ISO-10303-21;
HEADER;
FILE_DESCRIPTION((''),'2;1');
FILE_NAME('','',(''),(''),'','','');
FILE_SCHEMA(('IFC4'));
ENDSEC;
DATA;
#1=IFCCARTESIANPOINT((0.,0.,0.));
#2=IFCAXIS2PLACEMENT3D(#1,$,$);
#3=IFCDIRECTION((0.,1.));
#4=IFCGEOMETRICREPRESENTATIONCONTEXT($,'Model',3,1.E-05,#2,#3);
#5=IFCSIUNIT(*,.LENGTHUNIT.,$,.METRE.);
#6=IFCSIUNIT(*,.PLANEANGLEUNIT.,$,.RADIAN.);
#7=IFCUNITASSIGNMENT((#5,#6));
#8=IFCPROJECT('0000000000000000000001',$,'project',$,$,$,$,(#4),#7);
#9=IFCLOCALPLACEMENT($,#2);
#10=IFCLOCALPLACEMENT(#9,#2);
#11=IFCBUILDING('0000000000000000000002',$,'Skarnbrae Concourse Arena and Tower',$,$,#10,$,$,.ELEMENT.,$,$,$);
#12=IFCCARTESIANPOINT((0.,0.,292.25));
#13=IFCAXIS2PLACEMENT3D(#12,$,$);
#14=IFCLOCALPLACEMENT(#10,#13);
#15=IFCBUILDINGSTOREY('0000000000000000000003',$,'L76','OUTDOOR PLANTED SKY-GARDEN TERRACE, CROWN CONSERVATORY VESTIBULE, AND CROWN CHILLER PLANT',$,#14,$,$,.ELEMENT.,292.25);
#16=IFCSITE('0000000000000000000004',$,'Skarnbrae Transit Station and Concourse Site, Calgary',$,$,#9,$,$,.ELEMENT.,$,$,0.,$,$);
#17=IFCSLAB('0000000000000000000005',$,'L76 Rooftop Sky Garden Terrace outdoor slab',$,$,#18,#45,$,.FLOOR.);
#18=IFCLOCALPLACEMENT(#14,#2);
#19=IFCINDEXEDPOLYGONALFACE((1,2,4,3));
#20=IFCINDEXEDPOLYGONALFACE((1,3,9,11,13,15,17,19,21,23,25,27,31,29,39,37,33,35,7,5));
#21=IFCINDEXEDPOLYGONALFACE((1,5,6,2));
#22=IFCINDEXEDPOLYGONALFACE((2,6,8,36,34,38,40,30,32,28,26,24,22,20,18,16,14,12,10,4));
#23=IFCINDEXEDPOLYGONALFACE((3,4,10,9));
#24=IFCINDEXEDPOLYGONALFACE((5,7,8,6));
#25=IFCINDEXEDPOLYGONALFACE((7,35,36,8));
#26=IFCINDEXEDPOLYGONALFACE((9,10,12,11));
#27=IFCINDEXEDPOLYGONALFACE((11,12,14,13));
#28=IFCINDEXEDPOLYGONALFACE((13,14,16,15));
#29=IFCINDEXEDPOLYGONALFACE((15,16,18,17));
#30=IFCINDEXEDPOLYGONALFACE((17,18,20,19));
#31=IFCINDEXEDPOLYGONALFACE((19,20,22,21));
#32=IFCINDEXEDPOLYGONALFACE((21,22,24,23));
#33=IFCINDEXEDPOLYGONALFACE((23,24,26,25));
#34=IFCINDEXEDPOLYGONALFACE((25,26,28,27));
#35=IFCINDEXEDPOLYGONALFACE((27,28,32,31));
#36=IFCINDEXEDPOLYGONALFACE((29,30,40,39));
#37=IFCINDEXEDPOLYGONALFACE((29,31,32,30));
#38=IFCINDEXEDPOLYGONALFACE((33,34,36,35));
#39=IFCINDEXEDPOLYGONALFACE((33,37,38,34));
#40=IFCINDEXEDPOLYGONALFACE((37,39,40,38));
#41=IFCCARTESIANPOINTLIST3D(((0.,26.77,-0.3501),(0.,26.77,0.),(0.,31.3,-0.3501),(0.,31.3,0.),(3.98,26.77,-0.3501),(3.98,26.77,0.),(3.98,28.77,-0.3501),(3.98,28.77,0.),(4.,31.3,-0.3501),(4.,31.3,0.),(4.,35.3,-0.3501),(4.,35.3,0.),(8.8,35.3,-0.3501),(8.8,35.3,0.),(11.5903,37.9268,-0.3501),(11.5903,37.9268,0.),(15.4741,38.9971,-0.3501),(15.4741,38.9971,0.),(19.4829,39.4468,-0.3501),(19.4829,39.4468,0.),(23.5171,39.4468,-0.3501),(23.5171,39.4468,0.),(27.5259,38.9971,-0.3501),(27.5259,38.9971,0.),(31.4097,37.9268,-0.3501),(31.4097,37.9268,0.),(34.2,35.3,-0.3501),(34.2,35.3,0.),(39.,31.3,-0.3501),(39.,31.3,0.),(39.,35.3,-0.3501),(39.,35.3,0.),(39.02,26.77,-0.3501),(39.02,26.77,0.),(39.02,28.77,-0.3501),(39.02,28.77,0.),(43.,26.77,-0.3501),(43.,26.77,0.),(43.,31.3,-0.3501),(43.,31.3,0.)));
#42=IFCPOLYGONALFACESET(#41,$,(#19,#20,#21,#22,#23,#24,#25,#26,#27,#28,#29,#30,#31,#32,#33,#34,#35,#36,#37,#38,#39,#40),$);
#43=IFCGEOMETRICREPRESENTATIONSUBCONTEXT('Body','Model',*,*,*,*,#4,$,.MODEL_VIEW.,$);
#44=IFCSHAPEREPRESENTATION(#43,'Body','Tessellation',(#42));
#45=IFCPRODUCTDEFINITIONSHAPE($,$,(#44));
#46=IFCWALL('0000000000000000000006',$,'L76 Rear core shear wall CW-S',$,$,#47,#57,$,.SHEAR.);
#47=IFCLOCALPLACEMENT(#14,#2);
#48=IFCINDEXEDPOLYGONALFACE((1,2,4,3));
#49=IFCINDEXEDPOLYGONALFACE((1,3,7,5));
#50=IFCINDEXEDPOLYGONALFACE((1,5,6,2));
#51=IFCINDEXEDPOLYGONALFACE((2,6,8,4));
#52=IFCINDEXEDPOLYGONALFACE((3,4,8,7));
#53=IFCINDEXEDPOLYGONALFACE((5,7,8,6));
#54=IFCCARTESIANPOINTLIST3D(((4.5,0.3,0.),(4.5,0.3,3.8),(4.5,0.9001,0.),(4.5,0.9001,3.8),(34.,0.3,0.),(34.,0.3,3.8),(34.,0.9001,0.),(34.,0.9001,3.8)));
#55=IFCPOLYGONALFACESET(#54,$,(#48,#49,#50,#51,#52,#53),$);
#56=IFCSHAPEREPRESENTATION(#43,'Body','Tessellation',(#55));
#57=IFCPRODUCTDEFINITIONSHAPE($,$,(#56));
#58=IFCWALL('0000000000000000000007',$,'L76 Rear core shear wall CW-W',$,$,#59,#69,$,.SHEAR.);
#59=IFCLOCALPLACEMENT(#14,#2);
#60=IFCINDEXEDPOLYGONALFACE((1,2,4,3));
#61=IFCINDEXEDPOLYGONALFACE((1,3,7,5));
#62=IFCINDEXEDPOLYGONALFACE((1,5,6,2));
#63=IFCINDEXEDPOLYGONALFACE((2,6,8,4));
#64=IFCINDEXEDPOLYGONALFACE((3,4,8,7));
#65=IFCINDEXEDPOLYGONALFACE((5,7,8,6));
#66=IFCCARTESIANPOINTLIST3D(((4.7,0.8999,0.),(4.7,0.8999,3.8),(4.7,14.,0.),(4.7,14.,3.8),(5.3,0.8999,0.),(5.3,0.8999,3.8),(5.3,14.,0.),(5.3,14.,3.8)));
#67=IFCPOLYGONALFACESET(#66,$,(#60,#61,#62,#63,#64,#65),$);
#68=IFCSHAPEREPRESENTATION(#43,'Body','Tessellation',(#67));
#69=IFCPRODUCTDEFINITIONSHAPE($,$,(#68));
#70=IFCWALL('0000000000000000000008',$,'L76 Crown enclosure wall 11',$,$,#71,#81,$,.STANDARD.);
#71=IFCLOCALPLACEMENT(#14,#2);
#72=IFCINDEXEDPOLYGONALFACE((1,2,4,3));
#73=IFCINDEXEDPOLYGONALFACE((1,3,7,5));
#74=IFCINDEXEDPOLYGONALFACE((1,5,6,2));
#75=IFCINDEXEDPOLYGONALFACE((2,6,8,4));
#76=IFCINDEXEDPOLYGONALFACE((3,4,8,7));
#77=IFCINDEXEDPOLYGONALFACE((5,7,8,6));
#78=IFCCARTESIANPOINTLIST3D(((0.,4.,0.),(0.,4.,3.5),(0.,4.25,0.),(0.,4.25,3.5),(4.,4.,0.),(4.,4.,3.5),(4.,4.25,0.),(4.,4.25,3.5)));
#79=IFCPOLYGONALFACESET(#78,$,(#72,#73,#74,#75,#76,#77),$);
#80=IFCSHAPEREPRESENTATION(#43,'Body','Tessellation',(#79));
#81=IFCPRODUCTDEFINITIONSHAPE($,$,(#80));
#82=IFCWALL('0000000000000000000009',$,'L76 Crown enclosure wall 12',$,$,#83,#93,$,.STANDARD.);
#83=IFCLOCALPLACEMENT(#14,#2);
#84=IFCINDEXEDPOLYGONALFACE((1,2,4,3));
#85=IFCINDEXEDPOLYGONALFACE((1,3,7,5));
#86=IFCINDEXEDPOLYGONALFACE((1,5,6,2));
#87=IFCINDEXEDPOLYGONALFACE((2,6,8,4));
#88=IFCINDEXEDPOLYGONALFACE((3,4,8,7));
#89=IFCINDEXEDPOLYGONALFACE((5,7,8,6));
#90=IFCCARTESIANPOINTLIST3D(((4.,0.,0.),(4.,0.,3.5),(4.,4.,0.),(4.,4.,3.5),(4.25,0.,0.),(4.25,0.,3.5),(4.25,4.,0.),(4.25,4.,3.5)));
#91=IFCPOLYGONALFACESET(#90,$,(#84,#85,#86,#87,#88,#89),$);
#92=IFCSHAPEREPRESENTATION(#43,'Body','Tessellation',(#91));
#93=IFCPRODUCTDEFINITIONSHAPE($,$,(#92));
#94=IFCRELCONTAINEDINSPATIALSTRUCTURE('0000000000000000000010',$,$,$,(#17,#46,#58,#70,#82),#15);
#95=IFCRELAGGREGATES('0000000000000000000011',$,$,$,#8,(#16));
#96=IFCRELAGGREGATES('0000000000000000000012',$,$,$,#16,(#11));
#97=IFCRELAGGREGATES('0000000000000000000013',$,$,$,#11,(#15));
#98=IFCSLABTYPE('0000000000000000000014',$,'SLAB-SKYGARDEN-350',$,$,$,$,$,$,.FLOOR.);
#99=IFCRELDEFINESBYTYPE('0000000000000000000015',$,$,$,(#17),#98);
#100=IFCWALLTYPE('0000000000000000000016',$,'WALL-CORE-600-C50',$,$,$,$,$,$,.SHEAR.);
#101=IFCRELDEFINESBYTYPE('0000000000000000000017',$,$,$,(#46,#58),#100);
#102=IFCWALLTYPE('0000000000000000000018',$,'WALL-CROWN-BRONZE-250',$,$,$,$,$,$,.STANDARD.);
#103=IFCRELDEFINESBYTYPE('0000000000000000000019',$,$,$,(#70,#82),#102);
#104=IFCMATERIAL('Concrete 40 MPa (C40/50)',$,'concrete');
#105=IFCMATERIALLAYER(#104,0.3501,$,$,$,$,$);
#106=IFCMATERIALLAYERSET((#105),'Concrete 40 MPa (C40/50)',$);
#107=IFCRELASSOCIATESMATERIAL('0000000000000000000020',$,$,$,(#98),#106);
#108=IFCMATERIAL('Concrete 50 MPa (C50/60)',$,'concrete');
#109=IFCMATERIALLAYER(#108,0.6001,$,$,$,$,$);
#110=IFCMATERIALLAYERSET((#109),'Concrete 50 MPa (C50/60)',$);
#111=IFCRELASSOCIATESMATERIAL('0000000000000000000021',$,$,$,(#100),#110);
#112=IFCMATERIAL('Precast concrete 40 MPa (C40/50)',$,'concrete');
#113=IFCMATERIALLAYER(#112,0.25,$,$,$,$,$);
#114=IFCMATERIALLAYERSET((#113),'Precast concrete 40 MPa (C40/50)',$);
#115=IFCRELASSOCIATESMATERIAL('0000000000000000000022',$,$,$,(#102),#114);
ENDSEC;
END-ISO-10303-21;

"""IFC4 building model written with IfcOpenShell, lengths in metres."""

from ifc_helpers import new_model, si_unit, direction, frame, frame_2d, origin, place, context, subcontext, project, spatial, polyline, rectangle, outline, extrude, source, transform, mapped, material, layer, layer_set, type_object, element, save


model = new_model("IFC4")

# Units and contexts
model_context = context("Model", 3, precision=1e-05, world=origin(), true_north=direction((0.0, 1.0)))
body_context = subcontext(model_context, "Body", "Model", "MODEL_VIEW")
ifc_project = project(units=[si_unit("LENGTHUNIT", "METRE"), si_unit("PLANEANGLEUNIT", "RADIAN")], contexts=[model_context])

# Site, building, storey
site_placement = place(None, origin())
site = spatial("IfcSite", under=ifc_project, at=site_placement, Name="Skarnbrae Transit Station and Concourse Site, Calgary", CompositionType="ELEMENT", RefElevation=0.0)
building_placement = place(site_placement, origin())
building = spatial("IfcBuilding", under=site, at=building_placement, Name="Skarnbrae Concourse Arena and Tower", CompositionType="ELEMENT")
storey_placement = place(building_placement, frame((0.0, 0.0, 292.25)))
storey = spatial("IfcBuildingStorey", under=building, at=storey_placement, Name="L76", Description="OUTDOOR PLANTED SKY-GARDEN TERRACE, CROWN CONSERVATORY VESTIBULE, AND CROWN CHILLER PLANT", CompositionType="ELEMENT", Elevation=292.25)

# Shared definitions
ifc_material_1 = material(Name="Concrete 40 MPa (C40/50)", Category="concrete")

# Slab
ifc_layer_1 = layer(ifc_material_1, 0.3501)
ifc_layer_set_1 = layer_set([ifc_layer_1], Name="Concrete 40 MPa (C40/50)")
slab_type_1 = type_object("IfcSlabType", Name="SLAB-SKYGARDEN-350", PredefinedType="FLOOR", material=ifc_layer_set_1)
slab_1_placement = place(storey_placement, frame((0.0, 0.0, -0.3501)))
element("IfcSlab", 1, at=slab_1_placement, inside=storey, type_object=slab_type_1, Name="L76 Rooftop Sky Garden Terrace outdoor slab", PredefinedType="FLOOR", context=body_context, shape_type="SweptSolid", body=[
    extrude(outline(polyline([(0.0, 31.3), (0.0, 26.77), (3.98, 26.77), (3.98, 28.77), (39.02, 28.77), (39.02, 26.77), (43.0, 26.77), (43.0, 31.3), (39.0, 31.3), (39.0, 35.3), (34.2, 35.3), (31.4097, 37.9268), (27.5259, 38.9971), (23.5171, 39.4468), (19.4829, 39.4468), (15.4741, 38.9971), (11.5903, 37.9268), (8.8, 35.3), (4.0, 35.3), (4.0, 31.3), (0.0, 31.3)])), origin(), (0.0, 0.0, 1.0), 0.3501),
])

# Walls
ifc_material_2 = material(Name="Concrete 50 MPa (C50/60)", Category="concrete")
ifc_layer_2 = layer(ifc_material_2, 0.6001)
ifc_layer_set_2 = layer_set([ifc_layer_2], Name="Concrete 50 MPa (C50/60)")
wall_type_1 = type_object("IfcWallType", Name="WALL-CORE-600-C50", PredefinedType="SHEAR", material=ifc_layer_set_2)
shared_shape_1 = source(origin(), body_context, "Body", "SweptSolid", [
    extrude(rectangle(XDim=29.5, YDim=0.6001, at=frame_2d((14.75, 0.0))), origin(), (0.0, 0.0, 1.0), 3.8),
])
wall_1_placement = place(storey_placement, frame((4.5, 0.6001, 0.0), z_axis=(0.0, 0.0, 1.0), x_axis=(1.0, 0.0, 0.0)))
element("IfcWall", 2, at=wall_1_placement, inside=storey, type_object=wall_type_1, Name="L76 Rear core shear wall CW-S", PredefinedType="SHEAR", context=body_context, shape_type="MappedRepresentation", body=[
    mapped(shared_shape_1, transform((0.0, 0.0, 0.0))),
])
shared_shape_2 = source(origin(), body_context, "Body", "SweptSolid", [
    extrude(rectangle(XDim=13.1001, YDim=0.6001, at=frame_2d((6.55, 0.0))), origin(), (0.0, 0.0, 1.0), 3.8),
])
wall_2_placement = place(storey_placement, frame((5.0, 0.8999, 0.0), z_axis=(0.0, 0.0, 1.0), x_axis=(0.0, 1.0, 0.0)))
element("IfcWall", 3, at=wall_2_placement, inside=storey, type_object=wall_type_1, Name="L76 Rear core shear wall CW-W", PredefinedType="SHEAR", context=body_context, shape_type="MappedRepresentation", body=[
    mapped(shared_shape_2, transform((0.0, 0.0, 0.0))),
])

# Walls
ifc_material_3 = material(Name="Precast concrete 40 MPa (C40/50)", Category="concrete")
ifc_layer_3 = layer(ifc_material_3, 0.25)
ifc_layer_set_3 = layer_set([ifc_layer_3], Name="Precast concrete 40 MPa (C40/50)")
wall_type_2 = type_object("IfcWallType", Name="WALL-CROWN-BRONZE-250", PredefinedType="STANDARD", material=ifc_layer_set_3)
shared_shape_3 = source(origin(), body_context, "Body", "SweptSolid", [
    extrude(rectangle(XDim=4.0, YDim=0.25, at=frame_2d((2.0, 0.0))), origin(), (0.0, 0.0, 1.0), 3.5),
])
for number, where, z_axis, x_axis, name in (
    (4, (0.0, 4.125, 0.0), (0.0, 0.0, 1.0), (1.0, 0.0, 0.0), "L76 Crown enclosure wall 11"),
    (5, (4.125, 4.0, 0.0), (0.0, 0.0, 1.0), (0.0, -1.0, 0.0), "L76 Crown enclosure wall 12"),
):
    element("IfcWall", number, at=place(storey_placement, frame(where, z_axis=z_axis, x_axis=x_axis)), inside=storey, type_object=wall_type_2, Name=name, PredefinedType="STANDARD", context=body_context, shape_type="MappedRepresentation", body=[
        mapped(shared_shape_3, transform((0.0, 0.0, 0.0))),
    ])

save(model, "model.ifc")
